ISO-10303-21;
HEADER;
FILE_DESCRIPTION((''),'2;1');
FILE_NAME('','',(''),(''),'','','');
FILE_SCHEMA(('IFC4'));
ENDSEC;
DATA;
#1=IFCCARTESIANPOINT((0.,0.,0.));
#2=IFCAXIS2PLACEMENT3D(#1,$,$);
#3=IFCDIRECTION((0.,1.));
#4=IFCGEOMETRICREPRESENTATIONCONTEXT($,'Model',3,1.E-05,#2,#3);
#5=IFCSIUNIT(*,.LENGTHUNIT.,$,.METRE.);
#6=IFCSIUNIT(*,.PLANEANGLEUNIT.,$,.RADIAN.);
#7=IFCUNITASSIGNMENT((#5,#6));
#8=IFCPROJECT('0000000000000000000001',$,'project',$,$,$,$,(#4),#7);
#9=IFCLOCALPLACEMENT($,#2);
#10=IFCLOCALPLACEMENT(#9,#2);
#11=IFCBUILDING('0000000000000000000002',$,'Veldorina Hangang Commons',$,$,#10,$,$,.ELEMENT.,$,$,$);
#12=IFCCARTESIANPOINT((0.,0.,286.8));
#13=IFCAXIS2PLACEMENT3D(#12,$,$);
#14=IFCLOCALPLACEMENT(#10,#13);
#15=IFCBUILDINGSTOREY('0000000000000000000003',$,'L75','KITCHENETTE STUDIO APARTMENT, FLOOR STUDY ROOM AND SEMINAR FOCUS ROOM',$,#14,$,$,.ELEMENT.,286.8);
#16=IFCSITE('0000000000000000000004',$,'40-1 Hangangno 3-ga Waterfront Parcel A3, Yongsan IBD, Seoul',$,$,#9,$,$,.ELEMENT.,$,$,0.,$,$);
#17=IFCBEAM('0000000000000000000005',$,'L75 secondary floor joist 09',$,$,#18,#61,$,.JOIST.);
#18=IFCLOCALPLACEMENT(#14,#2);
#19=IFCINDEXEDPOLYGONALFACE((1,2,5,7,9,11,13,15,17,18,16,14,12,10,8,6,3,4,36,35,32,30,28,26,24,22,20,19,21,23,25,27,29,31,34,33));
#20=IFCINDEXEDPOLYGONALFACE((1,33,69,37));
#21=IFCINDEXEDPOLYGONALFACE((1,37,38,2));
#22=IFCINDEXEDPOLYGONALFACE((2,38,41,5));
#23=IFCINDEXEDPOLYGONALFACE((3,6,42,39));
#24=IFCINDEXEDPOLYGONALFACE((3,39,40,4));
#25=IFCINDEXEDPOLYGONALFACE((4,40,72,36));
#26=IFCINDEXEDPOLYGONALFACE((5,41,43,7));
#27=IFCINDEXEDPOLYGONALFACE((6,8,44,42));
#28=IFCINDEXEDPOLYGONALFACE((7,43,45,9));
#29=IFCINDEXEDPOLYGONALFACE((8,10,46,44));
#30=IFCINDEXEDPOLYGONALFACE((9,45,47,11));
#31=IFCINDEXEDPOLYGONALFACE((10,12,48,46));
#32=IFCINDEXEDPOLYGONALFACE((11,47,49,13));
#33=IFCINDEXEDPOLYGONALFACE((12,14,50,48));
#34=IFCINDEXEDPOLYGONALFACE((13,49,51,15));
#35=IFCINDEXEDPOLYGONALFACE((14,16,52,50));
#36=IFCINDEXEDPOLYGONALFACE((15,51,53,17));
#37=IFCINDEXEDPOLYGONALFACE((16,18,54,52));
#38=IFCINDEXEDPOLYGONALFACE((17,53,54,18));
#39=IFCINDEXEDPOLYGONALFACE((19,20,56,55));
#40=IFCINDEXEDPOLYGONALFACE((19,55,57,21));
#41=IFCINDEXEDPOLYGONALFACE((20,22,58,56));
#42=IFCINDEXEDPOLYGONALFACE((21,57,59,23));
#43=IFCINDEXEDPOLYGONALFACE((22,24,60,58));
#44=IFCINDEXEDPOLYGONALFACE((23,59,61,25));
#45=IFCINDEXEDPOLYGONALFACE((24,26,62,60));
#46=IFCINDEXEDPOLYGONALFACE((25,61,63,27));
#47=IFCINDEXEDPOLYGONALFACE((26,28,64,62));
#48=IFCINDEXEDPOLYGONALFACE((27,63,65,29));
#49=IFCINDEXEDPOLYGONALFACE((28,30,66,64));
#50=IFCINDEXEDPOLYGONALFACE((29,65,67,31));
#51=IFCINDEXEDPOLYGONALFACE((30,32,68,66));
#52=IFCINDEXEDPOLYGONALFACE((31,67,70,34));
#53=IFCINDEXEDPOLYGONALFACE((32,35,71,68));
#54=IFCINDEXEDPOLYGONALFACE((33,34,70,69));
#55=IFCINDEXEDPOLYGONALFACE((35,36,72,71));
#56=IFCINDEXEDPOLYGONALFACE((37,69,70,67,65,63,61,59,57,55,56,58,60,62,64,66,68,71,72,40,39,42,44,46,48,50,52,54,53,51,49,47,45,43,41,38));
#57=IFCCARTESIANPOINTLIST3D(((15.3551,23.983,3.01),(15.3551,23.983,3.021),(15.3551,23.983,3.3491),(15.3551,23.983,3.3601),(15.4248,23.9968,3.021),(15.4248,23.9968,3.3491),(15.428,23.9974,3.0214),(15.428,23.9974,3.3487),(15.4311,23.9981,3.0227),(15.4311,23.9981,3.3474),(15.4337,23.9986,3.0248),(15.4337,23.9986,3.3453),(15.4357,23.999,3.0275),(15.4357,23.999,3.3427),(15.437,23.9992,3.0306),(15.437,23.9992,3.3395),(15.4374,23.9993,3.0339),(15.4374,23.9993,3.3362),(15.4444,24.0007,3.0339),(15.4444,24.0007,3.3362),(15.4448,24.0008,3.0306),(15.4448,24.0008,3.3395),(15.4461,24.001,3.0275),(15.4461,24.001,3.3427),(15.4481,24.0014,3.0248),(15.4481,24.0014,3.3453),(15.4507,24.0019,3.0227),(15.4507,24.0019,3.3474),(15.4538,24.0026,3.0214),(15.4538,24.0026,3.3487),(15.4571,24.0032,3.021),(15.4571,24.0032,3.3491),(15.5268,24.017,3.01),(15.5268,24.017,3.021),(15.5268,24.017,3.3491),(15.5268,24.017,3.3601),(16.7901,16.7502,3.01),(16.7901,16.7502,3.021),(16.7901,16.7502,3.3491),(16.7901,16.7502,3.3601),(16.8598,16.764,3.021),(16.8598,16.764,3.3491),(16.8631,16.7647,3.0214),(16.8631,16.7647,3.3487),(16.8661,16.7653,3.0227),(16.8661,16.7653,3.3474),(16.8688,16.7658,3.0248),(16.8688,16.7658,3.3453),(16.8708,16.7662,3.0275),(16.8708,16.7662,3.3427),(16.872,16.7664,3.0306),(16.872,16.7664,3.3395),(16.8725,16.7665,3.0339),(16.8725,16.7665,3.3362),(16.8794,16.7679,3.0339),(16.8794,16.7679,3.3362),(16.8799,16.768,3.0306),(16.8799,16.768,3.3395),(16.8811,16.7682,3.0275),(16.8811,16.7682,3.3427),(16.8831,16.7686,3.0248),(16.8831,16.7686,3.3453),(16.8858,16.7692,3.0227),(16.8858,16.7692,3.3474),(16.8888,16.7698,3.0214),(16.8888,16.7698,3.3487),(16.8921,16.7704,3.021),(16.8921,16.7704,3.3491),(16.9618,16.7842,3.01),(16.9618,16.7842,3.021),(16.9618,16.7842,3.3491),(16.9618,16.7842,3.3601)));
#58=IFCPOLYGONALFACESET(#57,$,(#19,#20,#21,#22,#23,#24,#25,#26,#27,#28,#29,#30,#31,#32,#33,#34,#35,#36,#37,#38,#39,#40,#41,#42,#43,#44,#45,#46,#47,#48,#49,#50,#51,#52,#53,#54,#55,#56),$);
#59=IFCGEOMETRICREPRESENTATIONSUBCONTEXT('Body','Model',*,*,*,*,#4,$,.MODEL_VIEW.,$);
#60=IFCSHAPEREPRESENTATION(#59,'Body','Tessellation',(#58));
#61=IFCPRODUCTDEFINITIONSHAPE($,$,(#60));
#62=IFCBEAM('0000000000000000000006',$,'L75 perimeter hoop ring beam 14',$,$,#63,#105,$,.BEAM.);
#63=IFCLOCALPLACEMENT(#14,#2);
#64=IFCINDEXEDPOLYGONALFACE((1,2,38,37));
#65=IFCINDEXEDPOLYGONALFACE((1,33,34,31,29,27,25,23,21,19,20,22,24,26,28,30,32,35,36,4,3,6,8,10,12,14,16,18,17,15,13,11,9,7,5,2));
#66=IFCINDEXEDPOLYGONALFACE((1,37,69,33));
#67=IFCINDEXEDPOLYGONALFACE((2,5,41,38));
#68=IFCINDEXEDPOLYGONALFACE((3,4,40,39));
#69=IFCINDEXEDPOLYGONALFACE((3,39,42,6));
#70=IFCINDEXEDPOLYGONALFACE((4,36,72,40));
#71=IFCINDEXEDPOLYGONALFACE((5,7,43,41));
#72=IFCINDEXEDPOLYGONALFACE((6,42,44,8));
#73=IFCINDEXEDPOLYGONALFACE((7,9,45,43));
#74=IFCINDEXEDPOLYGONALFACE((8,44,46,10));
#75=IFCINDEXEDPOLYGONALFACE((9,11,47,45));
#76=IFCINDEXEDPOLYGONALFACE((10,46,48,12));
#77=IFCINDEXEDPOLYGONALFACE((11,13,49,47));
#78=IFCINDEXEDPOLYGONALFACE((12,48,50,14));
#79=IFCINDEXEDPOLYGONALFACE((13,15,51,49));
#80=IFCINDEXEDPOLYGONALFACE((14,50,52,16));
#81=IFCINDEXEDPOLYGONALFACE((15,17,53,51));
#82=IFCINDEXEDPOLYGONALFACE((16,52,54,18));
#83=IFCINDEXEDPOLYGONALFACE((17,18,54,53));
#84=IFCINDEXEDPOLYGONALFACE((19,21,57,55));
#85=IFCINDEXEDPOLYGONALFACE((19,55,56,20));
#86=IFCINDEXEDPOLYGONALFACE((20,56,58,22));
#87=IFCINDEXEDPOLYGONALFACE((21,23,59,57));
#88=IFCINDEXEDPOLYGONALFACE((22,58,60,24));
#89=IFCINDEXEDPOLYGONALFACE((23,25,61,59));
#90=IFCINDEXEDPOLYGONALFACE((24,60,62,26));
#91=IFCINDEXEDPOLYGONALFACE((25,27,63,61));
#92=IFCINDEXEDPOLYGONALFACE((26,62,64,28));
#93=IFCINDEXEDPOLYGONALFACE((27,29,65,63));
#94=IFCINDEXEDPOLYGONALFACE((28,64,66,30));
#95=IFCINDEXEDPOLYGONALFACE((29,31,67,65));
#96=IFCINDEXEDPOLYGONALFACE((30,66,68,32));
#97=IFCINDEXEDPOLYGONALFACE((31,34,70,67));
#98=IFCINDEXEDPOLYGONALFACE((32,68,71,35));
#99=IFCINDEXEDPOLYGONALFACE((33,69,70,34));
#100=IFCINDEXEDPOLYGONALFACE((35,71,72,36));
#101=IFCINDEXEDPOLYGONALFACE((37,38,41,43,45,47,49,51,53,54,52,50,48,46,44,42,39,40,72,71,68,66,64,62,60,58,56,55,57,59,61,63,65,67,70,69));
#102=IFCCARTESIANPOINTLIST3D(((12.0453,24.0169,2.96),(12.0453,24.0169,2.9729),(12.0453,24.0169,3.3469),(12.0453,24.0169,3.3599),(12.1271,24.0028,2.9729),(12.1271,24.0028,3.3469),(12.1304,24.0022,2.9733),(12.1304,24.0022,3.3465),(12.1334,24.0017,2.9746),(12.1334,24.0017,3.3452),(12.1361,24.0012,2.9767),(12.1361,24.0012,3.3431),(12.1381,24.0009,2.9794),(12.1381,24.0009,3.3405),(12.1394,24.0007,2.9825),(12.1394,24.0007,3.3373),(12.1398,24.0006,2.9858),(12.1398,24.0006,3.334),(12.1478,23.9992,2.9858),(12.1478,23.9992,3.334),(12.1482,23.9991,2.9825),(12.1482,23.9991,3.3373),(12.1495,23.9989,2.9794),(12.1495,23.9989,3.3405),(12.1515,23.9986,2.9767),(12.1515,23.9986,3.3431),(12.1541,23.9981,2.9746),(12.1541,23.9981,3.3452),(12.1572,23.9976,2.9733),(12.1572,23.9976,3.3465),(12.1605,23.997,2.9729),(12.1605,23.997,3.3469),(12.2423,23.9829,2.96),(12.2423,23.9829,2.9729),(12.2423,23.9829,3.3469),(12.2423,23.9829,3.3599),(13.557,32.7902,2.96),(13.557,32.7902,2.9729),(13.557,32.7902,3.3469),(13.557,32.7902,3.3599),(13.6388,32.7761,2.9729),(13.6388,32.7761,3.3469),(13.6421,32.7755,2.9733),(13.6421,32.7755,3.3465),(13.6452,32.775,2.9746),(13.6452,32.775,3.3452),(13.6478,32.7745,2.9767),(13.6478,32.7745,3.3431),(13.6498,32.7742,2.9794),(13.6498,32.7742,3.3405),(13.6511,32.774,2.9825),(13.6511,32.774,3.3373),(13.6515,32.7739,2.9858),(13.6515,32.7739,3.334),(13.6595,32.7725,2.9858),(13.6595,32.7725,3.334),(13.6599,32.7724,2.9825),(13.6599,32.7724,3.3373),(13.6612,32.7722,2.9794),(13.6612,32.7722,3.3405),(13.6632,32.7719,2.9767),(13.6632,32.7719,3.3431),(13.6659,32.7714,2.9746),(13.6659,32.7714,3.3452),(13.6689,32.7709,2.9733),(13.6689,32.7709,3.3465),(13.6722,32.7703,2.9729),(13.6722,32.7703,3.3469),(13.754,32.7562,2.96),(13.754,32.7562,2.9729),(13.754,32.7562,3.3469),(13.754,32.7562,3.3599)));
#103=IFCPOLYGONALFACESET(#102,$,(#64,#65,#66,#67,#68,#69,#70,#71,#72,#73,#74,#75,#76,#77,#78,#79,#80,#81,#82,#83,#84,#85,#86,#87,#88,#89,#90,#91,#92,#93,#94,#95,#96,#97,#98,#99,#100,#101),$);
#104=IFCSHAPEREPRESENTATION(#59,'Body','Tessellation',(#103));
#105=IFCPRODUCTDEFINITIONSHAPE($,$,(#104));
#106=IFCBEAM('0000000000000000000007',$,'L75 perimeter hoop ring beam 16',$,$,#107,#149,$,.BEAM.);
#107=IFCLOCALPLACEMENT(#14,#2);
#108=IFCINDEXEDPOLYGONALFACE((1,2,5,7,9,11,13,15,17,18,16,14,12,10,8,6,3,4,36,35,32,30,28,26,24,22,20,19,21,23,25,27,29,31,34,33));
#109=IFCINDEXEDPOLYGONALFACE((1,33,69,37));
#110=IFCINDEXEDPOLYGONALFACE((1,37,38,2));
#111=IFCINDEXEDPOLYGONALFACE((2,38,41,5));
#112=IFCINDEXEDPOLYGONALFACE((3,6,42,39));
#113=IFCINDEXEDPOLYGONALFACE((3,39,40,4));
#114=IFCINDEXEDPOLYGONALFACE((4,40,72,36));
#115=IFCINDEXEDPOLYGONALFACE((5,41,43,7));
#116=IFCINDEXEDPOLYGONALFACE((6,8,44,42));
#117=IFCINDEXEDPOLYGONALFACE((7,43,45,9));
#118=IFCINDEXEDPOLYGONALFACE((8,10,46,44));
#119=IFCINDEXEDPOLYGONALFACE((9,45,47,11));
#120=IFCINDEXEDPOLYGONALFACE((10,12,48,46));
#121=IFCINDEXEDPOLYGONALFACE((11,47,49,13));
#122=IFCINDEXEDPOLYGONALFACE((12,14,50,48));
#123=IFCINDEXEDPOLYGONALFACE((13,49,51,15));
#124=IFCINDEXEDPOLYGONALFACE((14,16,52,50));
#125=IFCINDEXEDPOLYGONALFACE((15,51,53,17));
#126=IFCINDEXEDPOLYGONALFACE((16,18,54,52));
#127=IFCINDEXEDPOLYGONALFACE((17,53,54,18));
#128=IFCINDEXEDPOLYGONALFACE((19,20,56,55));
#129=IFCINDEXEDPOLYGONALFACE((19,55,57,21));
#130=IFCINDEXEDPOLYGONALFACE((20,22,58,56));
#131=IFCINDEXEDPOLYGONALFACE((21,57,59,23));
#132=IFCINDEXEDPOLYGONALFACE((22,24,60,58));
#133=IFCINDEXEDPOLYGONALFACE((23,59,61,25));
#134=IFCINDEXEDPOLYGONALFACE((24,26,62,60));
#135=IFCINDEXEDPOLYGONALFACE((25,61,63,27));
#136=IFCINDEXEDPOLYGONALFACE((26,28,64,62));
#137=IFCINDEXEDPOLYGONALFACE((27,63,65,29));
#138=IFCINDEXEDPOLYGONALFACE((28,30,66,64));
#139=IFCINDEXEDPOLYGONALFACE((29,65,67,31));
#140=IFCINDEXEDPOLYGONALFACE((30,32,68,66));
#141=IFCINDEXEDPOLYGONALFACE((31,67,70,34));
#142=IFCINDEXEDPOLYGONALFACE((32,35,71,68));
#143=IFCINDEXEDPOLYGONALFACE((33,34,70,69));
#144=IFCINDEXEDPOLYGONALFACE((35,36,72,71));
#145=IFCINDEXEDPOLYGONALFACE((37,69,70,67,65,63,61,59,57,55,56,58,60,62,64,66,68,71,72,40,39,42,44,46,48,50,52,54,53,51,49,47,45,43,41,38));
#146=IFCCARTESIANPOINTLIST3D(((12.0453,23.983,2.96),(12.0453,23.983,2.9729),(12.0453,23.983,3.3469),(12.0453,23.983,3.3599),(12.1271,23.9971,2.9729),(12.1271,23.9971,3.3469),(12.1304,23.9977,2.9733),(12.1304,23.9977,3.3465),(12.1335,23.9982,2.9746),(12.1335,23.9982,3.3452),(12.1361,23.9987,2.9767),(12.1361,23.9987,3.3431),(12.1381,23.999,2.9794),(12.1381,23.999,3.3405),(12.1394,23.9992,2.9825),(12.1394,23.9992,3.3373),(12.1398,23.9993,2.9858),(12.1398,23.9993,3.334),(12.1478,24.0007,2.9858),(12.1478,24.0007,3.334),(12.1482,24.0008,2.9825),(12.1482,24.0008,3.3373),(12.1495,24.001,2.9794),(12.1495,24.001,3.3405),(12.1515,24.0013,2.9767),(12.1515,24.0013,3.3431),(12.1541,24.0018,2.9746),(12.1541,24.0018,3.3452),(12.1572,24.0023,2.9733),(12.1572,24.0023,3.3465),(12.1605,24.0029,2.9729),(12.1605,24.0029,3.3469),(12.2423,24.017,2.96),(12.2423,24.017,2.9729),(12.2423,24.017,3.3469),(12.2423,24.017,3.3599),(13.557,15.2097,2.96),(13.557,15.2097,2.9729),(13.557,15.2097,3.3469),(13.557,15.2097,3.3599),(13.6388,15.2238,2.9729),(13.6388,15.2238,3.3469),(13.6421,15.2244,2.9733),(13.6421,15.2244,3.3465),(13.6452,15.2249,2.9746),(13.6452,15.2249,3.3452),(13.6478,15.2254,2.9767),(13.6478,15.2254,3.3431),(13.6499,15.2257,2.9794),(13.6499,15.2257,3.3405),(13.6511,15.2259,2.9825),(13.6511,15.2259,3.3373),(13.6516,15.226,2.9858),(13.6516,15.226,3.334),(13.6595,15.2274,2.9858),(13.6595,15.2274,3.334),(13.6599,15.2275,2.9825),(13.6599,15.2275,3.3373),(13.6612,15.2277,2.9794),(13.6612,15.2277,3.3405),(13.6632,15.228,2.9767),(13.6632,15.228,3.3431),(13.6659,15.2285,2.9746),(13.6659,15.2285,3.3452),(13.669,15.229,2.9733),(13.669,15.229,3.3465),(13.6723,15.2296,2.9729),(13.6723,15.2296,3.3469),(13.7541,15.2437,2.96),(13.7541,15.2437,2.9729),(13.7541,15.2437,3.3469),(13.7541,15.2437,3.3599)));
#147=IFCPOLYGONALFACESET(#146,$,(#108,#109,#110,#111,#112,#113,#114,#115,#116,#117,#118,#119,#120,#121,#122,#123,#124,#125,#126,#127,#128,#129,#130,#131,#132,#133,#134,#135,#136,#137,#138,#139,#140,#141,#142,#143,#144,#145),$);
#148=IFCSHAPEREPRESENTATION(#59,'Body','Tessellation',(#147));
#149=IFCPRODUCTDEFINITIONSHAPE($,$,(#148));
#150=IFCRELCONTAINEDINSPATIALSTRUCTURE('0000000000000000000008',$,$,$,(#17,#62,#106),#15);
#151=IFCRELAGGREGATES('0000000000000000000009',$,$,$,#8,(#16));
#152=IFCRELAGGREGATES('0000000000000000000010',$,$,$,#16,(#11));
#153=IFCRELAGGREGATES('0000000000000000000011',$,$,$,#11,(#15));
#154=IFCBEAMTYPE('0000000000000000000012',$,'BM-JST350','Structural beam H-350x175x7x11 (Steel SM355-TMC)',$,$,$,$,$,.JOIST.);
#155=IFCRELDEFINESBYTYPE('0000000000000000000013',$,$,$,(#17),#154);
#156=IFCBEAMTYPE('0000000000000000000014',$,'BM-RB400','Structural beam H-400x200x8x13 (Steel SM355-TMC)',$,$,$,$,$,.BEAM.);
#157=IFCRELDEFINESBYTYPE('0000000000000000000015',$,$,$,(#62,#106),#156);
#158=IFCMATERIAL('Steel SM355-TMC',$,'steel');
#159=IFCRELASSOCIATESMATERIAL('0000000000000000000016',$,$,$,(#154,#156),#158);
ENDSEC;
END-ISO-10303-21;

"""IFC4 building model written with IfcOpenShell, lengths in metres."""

from ifc_helpers import new_model, si_unit, direction, frame, origin, origin_2d, place, context, subcontext, project, spatial, i_section, extrude, material, material_profile, profile_set, type_object, element, save


model = new_model("IFC4")

# Units and contexts
model_context = context("Model", 3, precision=1e-05, world=origin(), true_north=direction((0.0, 1.0)))
body_context = subcontext(model_context, "Body", "Model", "MODEL_VIEW")
ifc_project = project(units=[si_unit("LENGTHUNIT", "METRE"), si_unit("PLANEANGLEUNIT", "RADIAN")], contexts=[model_context])

# Site, building, storey
site_placement = place(None, origin())
site = spatial("IfcSite", under=ifc_project, at=site_placement, Name="40-1 Hangangno 3-ga Waterfront Parcel A3, Yongsan IBD, Seoul", CompositionType="ELEMENT", RefElevation=0.0)
building_placement = place(site_placement, origin())
building = spatial("IfcBuilding", under=site, at=building_placement, Name="Veldorina Hangang Commons", CompositionType="ELEMENT")
storey_placement = place(building_placement, frame((0.0, 0.0, 286.8)))
storey = spatial("IfcBuildingStorey", under=building, at=storey_placement, Name="L75", Description="KITCHENETTE STUDIO APARTMENT, FLOOR STUDY ROOM AND SEMINAR FOCUS ROOM", CompositionType="ELEMENT", Elevation=286.8)

# Beams
ifc_material_1 = material(Name="Steel SM355-TMC", Category="steel")
ifc_material_profile_1 = material_profile(ifc_material_1, i_section(OverallWidth=0.175, OverallDepth=0.3501, WebThickness=0.0071, FlangeThickness=0.011, FilletRadius=0.0129, at=origin_2d()), Name="H-350x175x7x11")
ifc_profile_set_1 = profile_set([ifc_material_profile_1], Name="Steel SM355-TMC")
beam_type_1 = type_object("IfcBeamType", Name="BM-JST350", Description="Structural beam H-350x175x7x11 (Steel SM355-TMC)", PredefinedType="JOIST", material=ifc_profile_set_1)
beam_placement = place(storey_placement, frame((15.4409, 24.0, 3.1851), z_axis=(0.194613, -0.98088, 0.0), x_axis=(0.98088, 0.194613, 0.0)))
element("IfcBeam", 1, at=beam_placement, inside=storey, type_object=beam_type_1, Name="L75 secondary floor joist 09", PredefinedType="JOIST", context=body_context, shape_type="SweptSolid", body=[
    extrude(i_section(OverallWidth=0.175, OverallDepth=0.3501, WebThickness=0.0071, FlangeThickness=0.011, FilletRadius=0.0129, at=origin_2d()), origin(), (0.0, 0.0, 1.0), 7.3738),
])
ifc_material_profile_2 = material_profile(ifc_material_1, i_section(OverallWidth=0.2, OverallDepth=0.3999, WebThickness=0.0081, FlangeThickness=0.0129, FilletRadius=0.0129, at=origin_2d()), Name="H-400x200x8x13")
ifc_profile_set_2 = profile_set([ifc_material_profile_2], Name="Steel SM355-TMC")
beam_type_2 = type_object("IfcBeamType", Name="BM-RB400", Description="Structural beam H-400x200x8x13 (Steel SM355-TMC)", PredefinedType="BEAM", material=ifc_profile_set_2)
for number, where, z_axis, x_axis, name in (
    (2, (13.6555, 32.7732, 3.1599), (-0.169809, -0.985477, 0.0), (0.985477, -0.169809, 0.0), "L75 perimeter hoop ring beam 14"),
    (3, (12.1438, 24.0, 3.1599), (0.169809, -0.985477, 0.0), (0.985477, 0.169809, 0.0), "L75 perimeter hoop ring beam 16"),
):
    element("IfcBeam", number, at=place(storey_placement, frame(where, z_axis=z_axis, x_axis=x_axis)), inside=storey, type_object=beam_type_2, Name=name, PredefinedType="BEAM", context=body_context, shape_type="SweptSolid", body=[
        extrude(i_section(OverallWidth=0.2, OverallDepth=0.3999, WebThickness=0.0081, FlangeThickness=0.0129, FilletRadius=0.0129, at=origin_2d()), origin(), (0.0, 0.0, 1.0), 8.9026),
    ])

save(model, "model.ifc")
